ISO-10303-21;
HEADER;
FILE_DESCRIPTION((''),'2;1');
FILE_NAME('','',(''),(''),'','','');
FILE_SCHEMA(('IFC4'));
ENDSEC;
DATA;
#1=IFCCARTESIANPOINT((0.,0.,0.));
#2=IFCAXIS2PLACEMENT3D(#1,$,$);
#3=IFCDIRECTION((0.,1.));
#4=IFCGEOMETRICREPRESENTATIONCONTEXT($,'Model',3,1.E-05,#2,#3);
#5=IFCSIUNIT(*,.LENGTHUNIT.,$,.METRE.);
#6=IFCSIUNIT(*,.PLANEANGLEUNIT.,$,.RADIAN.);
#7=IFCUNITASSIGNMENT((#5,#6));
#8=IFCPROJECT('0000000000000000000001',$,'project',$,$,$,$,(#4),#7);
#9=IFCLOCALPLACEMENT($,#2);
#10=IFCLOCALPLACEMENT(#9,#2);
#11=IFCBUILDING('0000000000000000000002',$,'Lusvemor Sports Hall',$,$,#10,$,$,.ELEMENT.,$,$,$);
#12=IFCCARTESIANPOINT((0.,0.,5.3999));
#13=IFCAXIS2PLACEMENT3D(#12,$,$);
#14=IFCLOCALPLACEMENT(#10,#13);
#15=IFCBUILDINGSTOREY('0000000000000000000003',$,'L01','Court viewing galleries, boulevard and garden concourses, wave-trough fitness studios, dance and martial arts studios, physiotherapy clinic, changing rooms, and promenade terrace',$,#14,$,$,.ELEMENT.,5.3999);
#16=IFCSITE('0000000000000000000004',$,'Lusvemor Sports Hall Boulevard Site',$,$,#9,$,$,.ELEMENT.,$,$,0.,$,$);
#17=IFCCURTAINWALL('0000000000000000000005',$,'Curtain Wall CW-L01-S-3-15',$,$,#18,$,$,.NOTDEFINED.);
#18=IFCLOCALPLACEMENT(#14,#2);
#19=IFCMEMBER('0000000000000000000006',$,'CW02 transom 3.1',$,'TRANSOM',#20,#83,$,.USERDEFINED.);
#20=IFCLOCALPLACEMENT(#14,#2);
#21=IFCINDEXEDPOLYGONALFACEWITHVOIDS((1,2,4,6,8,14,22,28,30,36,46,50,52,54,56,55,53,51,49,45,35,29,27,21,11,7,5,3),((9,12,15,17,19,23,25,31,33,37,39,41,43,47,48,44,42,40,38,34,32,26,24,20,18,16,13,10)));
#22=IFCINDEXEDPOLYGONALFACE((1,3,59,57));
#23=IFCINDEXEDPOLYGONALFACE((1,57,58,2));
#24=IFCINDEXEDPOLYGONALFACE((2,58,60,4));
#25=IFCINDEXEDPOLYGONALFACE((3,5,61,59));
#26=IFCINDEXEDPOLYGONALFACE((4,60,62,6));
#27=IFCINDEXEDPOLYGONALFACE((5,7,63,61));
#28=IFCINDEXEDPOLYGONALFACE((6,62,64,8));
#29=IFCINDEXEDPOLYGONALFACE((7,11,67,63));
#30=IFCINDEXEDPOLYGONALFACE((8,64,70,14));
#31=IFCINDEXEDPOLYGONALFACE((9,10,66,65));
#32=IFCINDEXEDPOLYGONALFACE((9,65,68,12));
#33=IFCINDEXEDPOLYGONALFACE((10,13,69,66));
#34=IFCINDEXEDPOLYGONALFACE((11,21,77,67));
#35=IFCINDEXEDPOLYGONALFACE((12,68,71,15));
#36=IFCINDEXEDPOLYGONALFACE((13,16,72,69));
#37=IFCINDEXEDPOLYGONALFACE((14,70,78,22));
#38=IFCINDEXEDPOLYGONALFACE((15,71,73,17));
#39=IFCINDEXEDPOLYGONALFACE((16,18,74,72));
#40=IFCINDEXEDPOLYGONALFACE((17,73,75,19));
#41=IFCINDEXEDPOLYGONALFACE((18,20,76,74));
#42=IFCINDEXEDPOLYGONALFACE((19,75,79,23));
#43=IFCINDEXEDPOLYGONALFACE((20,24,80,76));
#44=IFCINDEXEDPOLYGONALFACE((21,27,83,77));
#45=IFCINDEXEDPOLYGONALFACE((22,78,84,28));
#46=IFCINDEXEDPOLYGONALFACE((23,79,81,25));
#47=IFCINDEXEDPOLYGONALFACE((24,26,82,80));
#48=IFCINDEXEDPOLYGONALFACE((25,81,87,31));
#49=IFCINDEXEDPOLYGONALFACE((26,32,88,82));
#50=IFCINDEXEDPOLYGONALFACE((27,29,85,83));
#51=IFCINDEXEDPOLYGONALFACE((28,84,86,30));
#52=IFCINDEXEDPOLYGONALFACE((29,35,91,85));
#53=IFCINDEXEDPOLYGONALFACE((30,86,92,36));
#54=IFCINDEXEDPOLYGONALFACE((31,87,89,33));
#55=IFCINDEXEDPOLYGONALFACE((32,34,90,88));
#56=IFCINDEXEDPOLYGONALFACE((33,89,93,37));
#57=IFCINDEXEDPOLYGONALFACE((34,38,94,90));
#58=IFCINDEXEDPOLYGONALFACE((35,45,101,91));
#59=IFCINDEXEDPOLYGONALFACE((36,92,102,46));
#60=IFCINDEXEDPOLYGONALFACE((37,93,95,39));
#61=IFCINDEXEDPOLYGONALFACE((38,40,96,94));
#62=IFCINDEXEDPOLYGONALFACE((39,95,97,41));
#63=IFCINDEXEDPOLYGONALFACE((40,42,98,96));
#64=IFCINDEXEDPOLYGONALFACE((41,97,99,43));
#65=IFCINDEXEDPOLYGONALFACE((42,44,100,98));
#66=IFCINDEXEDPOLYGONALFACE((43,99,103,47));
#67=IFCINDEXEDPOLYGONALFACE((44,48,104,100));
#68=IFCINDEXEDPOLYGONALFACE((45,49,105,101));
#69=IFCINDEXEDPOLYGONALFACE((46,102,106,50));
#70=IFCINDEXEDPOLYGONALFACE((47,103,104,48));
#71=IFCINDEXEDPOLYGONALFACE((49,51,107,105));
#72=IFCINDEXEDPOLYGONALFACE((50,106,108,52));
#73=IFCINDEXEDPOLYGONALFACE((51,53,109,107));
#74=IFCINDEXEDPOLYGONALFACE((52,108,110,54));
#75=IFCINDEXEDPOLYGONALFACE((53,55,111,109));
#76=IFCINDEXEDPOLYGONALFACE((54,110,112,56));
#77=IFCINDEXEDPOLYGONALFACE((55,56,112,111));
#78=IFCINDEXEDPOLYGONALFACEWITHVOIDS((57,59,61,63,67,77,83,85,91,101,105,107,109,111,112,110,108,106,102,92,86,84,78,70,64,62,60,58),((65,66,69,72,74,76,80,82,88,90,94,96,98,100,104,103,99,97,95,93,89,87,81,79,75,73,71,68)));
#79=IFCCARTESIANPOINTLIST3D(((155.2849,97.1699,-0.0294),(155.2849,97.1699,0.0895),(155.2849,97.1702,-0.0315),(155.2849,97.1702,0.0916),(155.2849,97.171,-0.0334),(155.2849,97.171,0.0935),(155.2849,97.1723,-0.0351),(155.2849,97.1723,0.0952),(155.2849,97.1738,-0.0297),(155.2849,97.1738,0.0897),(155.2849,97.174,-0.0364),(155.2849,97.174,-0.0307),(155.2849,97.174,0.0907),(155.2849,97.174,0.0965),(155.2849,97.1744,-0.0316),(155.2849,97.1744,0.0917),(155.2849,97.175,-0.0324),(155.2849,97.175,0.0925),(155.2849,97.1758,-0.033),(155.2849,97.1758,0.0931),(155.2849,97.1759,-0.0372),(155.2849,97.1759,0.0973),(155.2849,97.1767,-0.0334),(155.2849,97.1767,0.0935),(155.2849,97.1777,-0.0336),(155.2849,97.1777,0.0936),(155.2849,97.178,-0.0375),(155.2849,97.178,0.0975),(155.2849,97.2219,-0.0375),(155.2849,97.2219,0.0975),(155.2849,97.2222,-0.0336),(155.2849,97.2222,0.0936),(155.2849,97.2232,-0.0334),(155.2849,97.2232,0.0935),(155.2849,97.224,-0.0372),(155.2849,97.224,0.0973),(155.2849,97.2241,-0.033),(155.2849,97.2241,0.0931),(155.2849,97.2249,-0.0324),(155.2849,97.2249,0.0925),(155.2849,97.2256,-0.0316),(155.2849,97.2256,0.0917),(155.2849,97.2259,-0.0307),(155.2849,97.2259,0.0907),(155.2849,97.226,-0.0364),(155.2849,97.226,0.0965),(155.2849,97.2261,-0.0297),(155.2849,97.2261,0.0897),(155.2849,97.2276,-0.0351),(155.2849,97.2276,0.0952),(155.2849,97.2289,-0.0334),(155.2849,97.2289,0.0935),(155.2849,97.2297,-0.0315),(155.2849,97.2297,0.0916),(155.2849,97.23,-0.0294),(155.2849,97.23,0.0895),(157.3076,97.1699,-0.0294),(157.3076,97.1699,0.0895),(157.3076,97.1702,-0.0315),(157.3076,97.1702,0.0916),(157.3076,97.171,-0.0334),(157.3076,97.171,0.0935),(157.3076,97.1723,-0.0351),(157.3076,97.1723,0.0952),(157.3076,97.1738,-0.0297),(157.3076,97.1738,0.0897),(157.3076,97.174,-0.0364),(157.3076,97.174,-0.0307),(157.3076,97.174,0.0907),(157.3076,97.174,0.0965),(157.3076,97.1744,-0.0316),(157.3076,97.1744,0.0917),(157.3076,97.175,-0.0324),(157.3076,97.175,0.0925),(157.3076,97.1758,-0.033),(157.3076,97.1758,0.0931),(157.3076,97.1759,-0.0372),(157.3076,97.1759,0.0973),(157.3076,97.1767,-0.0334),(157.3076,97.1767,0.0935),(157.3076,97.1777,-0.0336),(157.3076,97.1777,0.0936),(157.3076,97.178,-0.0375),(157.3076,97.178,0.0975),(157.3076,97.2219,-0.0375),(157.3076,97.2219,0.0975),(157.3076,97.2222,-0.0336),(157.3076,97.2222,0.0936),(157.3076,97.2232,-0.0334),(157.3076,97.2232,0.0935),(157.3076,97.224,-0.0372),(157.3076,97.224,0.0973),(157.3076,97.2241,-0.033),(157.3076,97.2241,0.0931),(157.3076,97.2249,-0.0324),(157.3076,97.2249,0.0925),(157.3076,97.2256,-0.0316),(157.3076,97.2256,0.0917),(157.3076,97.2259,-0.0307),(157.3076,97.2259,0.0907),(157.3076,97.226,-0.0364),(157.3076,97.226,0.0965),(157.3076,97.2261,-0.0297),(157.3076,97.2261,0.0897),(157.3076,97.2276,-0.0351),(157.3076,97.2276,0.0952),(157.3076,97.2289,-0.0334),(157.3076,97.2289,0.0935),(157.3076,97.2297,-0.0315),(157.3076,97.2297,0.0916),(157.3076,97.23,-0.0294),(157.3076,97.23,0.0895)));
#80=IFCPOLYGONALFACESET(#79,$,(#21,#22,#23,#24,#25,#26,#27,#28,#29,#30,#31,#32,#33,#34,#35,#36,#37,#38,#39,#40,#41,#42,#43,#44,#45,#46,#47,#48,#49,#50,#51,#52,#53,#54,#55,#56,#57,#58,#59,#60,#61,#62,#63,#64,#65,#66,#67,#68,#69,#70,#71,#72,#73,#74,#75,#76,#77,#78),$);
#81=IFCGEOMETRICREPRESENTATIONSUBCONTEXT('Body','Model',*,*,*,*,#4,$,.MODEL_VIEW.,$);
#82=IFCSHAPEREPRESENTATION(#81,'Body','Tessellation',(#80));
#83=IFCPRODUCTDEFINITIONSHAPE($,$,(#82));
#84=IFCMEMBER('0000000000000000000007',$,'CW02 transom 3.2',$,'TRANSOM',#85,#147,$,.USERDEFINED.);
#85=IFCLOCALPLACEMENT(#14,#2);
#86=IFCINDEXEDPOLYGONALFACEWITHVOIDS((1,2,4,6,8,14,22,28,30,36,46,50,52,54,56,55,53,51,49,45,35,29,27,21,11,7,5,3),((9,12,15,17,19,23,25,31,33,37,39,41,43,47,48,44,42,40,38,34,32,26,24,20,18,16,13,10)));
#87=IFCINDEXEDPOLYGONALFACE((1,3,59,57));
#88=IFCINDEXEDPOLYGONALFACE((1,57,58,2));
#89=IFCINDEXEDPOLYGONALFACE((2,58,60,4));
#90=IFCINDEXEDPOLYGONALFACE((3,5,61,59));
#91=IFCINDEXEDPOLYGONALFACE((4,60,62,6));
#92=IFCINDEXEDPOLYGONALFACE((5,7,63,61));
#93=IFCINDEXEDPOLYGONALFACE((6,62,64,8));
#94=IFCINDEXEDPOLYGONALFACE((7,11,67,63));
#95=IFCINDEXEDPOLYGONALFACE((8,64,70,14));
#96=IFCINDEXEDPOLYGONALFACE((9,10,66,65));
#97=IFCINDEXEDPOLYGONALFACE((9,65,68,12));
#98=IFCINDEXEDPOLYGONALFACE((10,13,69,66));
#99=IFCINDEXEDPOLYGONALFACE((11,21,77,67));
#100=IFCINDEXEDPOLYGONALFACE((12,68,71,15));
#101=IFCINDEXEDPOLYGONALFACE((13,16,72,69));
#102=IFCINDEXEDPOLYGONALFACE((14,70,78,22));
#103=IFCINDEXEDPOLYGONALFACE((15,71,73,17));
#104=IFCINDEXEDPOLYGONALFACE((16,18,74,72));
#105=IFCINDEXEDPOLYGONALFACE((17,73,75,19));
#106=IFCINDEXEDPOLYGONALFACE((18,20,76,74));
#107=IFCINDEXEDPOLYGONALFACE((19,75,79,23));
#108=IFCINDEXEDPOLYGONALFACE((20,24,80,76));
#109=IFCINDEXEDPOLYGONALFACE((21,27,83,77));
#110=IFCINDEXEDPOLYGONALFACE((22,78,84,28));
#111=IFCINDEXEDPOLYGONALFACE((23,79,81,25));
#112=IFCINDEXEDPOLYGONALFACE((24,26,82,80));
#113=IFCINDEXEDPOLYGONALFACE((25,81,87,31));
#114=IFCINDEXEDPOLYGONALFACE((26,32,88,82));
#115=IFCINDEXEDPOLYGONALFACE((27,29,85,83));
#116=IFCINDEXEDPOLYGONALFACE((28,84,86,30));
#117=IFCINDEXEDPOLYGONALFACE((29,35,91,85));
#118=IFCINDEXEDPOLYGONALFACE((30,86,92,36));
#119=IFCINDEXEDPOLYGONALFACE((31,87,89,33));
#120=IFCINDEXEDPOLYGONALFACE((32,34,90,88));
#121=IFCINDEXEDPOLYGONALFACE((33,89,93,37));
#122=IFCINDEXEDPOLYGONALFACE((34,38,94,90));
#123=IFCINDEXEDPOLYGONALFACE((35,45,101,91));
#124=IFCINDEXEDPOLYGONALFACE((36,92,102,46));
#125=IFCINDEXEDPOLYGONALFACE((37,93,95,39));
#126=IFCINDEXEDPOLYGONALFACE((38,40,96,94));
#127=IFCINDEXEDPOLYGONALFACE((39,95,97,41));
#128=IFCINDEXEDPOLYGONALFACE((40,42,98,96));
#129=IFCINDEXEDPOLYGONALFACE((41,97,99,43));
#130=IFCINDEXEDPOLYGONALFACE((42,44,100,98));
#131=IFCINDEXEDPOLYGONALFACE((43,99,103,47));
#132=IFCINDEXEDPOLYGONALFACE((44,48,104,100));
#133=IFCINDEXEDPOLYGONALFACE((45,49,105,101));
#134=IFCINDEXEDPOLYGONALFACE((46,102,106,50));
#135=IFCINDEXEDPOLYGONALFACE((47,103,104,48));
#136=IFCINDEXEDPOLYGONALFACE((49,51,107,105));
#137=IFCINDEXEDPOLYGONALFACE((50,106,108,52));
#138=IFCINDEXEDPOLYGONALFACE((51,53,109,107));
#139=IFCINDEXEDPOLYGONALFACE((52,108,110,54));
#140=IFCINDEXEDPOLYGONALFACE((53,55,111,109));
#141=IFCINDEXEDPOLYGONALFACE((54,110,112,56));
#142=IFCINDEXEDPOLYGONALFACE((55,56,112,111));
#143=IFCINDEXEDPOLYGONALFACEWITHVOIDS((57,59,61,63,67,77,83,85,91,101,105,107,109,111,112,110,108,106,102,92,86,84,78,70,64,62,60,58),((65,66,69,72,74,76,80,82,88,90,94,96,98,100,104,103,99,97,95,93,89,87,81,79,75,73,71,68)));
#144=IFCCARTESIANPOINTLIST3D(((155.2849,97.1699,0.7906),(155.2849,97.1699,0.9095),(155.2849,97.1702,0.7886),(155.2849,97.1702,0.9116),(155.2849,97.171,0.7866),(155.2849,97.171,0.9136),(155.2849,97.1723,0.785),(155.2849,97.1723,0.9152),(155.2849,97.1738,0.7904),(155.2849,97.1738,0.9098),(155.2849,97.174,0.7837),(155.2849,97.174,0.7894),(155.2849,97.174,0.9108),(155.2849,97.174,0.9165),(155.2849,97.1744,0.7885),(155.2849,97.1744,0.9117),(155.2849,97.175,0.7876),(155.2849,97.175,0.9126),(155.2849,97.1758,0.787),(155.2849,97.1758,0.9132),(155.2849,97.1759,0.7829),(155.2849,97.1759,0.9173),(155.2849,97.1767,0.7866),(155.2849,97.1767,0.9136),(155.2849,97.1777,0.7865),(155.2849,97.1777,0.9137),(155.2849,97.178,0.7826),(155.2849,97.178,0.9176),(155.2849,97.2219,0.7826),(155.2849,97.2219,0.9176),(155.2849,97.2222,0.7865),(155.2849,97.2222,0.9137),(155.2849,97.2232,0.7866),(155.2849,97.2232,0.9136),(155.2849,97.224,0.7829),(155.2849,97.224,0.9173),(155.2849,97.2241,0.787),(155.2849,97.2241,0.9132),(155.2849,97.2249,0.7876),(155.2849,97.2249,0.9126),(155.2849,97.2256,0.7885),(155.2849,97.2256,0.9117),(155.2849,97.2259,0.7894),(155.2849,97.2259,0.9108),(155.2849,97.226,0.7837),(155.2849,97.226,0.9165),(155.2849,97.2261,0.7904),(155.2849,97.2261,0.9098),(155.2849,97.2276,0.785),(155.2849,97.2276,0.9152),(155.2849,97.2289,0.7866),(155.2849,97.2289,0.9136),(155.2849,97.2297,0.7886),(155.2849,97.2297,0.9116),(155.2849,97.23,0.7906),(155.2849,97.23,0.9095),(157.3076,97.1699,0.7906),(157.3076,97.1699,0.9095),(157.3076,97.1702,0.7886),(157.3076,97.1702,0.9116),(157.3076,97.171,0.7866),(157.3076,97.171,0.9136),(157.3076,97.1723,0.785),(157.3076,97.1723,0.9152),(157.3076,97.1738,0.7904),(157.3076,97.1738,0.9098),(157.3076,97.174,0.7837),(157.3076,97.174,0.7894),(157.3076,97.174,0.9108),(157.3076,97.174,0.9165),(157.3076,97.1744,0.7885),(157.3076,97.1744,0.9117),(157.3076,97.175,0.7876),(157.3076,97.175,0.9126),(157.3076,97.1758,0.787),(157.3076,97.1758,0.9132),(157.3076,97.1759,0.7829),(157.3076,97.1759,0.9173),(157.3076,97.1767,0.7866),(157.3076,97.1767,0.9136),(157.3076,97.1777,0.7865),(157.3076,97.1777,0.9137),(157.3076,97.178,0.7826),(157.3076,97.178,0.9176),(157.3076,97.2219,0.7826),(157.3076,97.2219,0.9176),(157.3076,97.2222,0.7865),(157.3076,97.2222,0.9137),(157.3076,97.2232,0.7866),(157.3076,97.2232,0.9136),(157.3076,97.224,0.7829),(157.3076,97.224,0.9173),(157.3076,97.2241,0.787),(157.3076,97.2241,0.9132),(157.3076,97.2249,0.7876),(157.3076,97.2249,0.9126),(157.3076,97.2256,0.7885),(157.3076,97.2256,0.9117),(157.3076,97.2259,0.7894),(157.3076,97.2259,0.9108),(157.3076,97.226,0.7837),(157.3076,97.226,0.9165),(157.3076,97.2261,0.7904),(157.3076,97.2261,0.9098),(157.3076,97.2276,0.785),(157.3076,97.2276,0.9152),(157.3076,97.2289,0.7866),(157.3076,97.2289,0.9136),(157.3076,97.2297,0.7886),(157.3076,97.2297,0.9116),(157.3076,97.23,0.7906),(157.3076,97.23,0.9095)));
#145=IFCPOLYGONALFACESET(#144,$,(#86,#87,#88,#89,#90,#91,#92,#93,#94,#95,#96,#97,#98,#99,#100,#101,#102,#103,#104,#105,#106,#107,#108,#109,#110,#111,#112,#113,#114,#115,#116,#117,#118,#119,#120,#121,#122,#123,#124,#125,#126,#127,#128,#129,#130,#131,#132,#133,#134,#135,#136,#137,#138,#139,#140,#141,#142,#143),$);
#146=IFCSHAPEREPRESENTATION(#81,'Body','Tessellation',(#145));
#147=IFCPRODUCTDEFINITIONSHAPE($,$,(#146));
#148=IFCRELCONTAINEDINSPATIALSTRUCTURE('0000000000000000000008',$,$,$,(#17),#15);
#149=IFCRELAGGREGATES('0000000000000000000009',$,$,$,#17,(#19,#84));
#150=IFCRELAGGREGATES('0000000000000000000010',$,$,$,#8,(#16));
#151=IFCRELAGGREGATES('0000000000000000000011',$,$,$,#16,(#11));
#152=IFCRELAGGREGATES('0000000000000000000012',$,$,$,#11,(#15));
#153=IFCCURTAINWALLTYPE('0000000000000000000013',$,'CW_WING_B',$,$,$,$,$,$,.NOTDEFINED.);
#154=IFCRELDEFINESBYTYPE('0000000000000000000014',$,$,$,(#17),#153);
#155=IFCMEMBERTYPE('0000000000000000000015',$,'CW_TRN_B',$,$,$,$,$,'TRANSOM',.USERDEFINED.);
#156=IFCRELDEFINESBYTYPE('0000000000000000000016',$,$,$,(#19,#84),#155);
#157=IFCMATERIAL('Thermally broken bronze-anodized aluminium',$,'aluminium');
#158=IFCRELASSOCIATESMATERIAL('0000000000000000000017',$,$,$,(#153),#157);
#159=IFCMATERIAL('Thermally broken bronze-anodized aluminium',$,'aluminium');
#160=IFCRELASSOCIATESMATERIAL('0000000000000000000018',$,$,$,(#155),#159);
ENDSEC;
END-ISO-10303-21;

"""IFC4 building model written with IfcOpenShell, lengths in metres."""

from ifc_helpers import new_model, si_unit, direction, frame, origin, origin_2d, place, context, subcontext, project, spatial, hollow_rectangle, extrude, material, material_profile, profile_set, type_object, element, aggregate, save


model = new_model("IFC4")

# Units and contexts
model_context = context("Model", 3, precision=1e-05, world=origin(), true_north=direction((0.0, 1.0)))
body_context = subcontext(model_context, "Body", "Model", "MODEL_VIEW")
ifc_project = project(units=[si_unit("LENGTHUNIT", "METRE"), si_unit("PLANEANGLEUNIT", "RADIAN")], contexts=[model_context])

# Site, building, storey
site_placement = place(None, origin())
site = spatial("IfcSite", under=ifc_project, at=site_placement, Name="Lusvemor Sports Hall Boulevard Site", CompositionType="ELEMENT", RefElevation=0.0)
building_placement = place(site_placement, origin())
building = spatial("IfcBuilding", under=site, at=building_placement, Name="Lusvemor Sports Hall", CompositionType="ELEMENT")
storey_placement = place(building_placement, frame((0.0, 0.0, 5.3999)))
storey = spatial("IfcBuildingStorey", under=building, at=storey_placement, Name="L01", Description="Court viewing galleries, boulevard and garden concourses, wave-trough fitness studios, dance and martial arts studios, physiotherapy clinic, changing rooms, and promenade terrace", CompositionType="ELEMENT", Elevation=5.3999)

# Curtain wall
ifc_material_1 = material(Name="Thermally broken bronze-anodized aluminium", Category="aluminium")
curtain_wall_type = type_object("IfcCurtainWallType", Name="CW_WING_B", PredefinedType="NOTDEFINED", material=ifc_material_1)
curtain_wall_1_placement = place(storey_placement, origin())
curtain_wall_1 = element("IfcCurtainWall", 1, at=curtain_wall_1_placement, inside=storey, type_object=curtain_wall_type, Name="Curtain Wall CW-L01-S-3-15", PredefinedType="NOTDEFINED")

# Members
ifc_material_2 = material(Name="Thermally broken bronze-anodized aluminium", Category="aluminium")
ifc_material_profile_1 = material_profile(ifc_material_2, hollow_rectangle(XDim=0.0601, YDim=0.135, WallThickness=0.0039, InnerFilletRadius=0.0039, OuterFilletRadius=0.0081, at=origin_2d()), Name="CWTRN135x60x4")
ifc_profile_set_1 = profile_set([ifc_material_profile_1], Name="Thermally broken bronze-anodized aluminium")
member_type_1 = type_object("IfcMemberType", Name="CW_TRN_B", ElementType="TRANSOM", PredefinedType="USERDEFINED", material=ifc_profile_set_1)
member_1_placement = place(storey_placement, frame((157.3076, 97.2, 0.03), z_axis=(-1.0, 0.0, 0.0), x_axis=(0.0, -1.0, 0.0)))
member_1 = element("IfcMember", 2, at=member_1_placement, type_object=member_type_1, Name="CW02 transom 3.1", ObjectType="TRANSOM", PredefinedType="USERDEFINED", context=body_context, shape_type="SweptSolid", body=[
    extrude(hollow_rectangle(XDim=0.0601, YDim=0.135, WallThickness=0.0039, InnerFilletRadius=0.0039, OuterFilletRadius=0.0081, at=origin_2d()), origin(), (0.0, 0.0, 1.0), 2.0227),
])
member_2_placement = place(storey_placement, frame((157.3076, 97.2, 0.8501), z_axis=(-1.0, 0.0, 0.0), x_axis=(0.0, -1.0, 0.0)))
member_2 = element("IfcMember", 3, at=member_2_placement, type_object=member_type_1, Name="CW02 transom 3.2", ObjectType="TRANSOM", PredefinedType="USERDEFINED", context=body_context, shape_type="SweptSolid", body=[
    extrude(hollow_rectangle(XDim=0.0601, YDim=0.135, WallThickness=0.0039, InnerFilletRadius=0.0039, OuterFilletRadius=0.0081, at=origin_2d()), origin(), (0.0, 0.0, 1.0), 2.0227),
])

aggregate(curtain_wall_1, [member_1, member_2])

save(model, "model.ifc")
